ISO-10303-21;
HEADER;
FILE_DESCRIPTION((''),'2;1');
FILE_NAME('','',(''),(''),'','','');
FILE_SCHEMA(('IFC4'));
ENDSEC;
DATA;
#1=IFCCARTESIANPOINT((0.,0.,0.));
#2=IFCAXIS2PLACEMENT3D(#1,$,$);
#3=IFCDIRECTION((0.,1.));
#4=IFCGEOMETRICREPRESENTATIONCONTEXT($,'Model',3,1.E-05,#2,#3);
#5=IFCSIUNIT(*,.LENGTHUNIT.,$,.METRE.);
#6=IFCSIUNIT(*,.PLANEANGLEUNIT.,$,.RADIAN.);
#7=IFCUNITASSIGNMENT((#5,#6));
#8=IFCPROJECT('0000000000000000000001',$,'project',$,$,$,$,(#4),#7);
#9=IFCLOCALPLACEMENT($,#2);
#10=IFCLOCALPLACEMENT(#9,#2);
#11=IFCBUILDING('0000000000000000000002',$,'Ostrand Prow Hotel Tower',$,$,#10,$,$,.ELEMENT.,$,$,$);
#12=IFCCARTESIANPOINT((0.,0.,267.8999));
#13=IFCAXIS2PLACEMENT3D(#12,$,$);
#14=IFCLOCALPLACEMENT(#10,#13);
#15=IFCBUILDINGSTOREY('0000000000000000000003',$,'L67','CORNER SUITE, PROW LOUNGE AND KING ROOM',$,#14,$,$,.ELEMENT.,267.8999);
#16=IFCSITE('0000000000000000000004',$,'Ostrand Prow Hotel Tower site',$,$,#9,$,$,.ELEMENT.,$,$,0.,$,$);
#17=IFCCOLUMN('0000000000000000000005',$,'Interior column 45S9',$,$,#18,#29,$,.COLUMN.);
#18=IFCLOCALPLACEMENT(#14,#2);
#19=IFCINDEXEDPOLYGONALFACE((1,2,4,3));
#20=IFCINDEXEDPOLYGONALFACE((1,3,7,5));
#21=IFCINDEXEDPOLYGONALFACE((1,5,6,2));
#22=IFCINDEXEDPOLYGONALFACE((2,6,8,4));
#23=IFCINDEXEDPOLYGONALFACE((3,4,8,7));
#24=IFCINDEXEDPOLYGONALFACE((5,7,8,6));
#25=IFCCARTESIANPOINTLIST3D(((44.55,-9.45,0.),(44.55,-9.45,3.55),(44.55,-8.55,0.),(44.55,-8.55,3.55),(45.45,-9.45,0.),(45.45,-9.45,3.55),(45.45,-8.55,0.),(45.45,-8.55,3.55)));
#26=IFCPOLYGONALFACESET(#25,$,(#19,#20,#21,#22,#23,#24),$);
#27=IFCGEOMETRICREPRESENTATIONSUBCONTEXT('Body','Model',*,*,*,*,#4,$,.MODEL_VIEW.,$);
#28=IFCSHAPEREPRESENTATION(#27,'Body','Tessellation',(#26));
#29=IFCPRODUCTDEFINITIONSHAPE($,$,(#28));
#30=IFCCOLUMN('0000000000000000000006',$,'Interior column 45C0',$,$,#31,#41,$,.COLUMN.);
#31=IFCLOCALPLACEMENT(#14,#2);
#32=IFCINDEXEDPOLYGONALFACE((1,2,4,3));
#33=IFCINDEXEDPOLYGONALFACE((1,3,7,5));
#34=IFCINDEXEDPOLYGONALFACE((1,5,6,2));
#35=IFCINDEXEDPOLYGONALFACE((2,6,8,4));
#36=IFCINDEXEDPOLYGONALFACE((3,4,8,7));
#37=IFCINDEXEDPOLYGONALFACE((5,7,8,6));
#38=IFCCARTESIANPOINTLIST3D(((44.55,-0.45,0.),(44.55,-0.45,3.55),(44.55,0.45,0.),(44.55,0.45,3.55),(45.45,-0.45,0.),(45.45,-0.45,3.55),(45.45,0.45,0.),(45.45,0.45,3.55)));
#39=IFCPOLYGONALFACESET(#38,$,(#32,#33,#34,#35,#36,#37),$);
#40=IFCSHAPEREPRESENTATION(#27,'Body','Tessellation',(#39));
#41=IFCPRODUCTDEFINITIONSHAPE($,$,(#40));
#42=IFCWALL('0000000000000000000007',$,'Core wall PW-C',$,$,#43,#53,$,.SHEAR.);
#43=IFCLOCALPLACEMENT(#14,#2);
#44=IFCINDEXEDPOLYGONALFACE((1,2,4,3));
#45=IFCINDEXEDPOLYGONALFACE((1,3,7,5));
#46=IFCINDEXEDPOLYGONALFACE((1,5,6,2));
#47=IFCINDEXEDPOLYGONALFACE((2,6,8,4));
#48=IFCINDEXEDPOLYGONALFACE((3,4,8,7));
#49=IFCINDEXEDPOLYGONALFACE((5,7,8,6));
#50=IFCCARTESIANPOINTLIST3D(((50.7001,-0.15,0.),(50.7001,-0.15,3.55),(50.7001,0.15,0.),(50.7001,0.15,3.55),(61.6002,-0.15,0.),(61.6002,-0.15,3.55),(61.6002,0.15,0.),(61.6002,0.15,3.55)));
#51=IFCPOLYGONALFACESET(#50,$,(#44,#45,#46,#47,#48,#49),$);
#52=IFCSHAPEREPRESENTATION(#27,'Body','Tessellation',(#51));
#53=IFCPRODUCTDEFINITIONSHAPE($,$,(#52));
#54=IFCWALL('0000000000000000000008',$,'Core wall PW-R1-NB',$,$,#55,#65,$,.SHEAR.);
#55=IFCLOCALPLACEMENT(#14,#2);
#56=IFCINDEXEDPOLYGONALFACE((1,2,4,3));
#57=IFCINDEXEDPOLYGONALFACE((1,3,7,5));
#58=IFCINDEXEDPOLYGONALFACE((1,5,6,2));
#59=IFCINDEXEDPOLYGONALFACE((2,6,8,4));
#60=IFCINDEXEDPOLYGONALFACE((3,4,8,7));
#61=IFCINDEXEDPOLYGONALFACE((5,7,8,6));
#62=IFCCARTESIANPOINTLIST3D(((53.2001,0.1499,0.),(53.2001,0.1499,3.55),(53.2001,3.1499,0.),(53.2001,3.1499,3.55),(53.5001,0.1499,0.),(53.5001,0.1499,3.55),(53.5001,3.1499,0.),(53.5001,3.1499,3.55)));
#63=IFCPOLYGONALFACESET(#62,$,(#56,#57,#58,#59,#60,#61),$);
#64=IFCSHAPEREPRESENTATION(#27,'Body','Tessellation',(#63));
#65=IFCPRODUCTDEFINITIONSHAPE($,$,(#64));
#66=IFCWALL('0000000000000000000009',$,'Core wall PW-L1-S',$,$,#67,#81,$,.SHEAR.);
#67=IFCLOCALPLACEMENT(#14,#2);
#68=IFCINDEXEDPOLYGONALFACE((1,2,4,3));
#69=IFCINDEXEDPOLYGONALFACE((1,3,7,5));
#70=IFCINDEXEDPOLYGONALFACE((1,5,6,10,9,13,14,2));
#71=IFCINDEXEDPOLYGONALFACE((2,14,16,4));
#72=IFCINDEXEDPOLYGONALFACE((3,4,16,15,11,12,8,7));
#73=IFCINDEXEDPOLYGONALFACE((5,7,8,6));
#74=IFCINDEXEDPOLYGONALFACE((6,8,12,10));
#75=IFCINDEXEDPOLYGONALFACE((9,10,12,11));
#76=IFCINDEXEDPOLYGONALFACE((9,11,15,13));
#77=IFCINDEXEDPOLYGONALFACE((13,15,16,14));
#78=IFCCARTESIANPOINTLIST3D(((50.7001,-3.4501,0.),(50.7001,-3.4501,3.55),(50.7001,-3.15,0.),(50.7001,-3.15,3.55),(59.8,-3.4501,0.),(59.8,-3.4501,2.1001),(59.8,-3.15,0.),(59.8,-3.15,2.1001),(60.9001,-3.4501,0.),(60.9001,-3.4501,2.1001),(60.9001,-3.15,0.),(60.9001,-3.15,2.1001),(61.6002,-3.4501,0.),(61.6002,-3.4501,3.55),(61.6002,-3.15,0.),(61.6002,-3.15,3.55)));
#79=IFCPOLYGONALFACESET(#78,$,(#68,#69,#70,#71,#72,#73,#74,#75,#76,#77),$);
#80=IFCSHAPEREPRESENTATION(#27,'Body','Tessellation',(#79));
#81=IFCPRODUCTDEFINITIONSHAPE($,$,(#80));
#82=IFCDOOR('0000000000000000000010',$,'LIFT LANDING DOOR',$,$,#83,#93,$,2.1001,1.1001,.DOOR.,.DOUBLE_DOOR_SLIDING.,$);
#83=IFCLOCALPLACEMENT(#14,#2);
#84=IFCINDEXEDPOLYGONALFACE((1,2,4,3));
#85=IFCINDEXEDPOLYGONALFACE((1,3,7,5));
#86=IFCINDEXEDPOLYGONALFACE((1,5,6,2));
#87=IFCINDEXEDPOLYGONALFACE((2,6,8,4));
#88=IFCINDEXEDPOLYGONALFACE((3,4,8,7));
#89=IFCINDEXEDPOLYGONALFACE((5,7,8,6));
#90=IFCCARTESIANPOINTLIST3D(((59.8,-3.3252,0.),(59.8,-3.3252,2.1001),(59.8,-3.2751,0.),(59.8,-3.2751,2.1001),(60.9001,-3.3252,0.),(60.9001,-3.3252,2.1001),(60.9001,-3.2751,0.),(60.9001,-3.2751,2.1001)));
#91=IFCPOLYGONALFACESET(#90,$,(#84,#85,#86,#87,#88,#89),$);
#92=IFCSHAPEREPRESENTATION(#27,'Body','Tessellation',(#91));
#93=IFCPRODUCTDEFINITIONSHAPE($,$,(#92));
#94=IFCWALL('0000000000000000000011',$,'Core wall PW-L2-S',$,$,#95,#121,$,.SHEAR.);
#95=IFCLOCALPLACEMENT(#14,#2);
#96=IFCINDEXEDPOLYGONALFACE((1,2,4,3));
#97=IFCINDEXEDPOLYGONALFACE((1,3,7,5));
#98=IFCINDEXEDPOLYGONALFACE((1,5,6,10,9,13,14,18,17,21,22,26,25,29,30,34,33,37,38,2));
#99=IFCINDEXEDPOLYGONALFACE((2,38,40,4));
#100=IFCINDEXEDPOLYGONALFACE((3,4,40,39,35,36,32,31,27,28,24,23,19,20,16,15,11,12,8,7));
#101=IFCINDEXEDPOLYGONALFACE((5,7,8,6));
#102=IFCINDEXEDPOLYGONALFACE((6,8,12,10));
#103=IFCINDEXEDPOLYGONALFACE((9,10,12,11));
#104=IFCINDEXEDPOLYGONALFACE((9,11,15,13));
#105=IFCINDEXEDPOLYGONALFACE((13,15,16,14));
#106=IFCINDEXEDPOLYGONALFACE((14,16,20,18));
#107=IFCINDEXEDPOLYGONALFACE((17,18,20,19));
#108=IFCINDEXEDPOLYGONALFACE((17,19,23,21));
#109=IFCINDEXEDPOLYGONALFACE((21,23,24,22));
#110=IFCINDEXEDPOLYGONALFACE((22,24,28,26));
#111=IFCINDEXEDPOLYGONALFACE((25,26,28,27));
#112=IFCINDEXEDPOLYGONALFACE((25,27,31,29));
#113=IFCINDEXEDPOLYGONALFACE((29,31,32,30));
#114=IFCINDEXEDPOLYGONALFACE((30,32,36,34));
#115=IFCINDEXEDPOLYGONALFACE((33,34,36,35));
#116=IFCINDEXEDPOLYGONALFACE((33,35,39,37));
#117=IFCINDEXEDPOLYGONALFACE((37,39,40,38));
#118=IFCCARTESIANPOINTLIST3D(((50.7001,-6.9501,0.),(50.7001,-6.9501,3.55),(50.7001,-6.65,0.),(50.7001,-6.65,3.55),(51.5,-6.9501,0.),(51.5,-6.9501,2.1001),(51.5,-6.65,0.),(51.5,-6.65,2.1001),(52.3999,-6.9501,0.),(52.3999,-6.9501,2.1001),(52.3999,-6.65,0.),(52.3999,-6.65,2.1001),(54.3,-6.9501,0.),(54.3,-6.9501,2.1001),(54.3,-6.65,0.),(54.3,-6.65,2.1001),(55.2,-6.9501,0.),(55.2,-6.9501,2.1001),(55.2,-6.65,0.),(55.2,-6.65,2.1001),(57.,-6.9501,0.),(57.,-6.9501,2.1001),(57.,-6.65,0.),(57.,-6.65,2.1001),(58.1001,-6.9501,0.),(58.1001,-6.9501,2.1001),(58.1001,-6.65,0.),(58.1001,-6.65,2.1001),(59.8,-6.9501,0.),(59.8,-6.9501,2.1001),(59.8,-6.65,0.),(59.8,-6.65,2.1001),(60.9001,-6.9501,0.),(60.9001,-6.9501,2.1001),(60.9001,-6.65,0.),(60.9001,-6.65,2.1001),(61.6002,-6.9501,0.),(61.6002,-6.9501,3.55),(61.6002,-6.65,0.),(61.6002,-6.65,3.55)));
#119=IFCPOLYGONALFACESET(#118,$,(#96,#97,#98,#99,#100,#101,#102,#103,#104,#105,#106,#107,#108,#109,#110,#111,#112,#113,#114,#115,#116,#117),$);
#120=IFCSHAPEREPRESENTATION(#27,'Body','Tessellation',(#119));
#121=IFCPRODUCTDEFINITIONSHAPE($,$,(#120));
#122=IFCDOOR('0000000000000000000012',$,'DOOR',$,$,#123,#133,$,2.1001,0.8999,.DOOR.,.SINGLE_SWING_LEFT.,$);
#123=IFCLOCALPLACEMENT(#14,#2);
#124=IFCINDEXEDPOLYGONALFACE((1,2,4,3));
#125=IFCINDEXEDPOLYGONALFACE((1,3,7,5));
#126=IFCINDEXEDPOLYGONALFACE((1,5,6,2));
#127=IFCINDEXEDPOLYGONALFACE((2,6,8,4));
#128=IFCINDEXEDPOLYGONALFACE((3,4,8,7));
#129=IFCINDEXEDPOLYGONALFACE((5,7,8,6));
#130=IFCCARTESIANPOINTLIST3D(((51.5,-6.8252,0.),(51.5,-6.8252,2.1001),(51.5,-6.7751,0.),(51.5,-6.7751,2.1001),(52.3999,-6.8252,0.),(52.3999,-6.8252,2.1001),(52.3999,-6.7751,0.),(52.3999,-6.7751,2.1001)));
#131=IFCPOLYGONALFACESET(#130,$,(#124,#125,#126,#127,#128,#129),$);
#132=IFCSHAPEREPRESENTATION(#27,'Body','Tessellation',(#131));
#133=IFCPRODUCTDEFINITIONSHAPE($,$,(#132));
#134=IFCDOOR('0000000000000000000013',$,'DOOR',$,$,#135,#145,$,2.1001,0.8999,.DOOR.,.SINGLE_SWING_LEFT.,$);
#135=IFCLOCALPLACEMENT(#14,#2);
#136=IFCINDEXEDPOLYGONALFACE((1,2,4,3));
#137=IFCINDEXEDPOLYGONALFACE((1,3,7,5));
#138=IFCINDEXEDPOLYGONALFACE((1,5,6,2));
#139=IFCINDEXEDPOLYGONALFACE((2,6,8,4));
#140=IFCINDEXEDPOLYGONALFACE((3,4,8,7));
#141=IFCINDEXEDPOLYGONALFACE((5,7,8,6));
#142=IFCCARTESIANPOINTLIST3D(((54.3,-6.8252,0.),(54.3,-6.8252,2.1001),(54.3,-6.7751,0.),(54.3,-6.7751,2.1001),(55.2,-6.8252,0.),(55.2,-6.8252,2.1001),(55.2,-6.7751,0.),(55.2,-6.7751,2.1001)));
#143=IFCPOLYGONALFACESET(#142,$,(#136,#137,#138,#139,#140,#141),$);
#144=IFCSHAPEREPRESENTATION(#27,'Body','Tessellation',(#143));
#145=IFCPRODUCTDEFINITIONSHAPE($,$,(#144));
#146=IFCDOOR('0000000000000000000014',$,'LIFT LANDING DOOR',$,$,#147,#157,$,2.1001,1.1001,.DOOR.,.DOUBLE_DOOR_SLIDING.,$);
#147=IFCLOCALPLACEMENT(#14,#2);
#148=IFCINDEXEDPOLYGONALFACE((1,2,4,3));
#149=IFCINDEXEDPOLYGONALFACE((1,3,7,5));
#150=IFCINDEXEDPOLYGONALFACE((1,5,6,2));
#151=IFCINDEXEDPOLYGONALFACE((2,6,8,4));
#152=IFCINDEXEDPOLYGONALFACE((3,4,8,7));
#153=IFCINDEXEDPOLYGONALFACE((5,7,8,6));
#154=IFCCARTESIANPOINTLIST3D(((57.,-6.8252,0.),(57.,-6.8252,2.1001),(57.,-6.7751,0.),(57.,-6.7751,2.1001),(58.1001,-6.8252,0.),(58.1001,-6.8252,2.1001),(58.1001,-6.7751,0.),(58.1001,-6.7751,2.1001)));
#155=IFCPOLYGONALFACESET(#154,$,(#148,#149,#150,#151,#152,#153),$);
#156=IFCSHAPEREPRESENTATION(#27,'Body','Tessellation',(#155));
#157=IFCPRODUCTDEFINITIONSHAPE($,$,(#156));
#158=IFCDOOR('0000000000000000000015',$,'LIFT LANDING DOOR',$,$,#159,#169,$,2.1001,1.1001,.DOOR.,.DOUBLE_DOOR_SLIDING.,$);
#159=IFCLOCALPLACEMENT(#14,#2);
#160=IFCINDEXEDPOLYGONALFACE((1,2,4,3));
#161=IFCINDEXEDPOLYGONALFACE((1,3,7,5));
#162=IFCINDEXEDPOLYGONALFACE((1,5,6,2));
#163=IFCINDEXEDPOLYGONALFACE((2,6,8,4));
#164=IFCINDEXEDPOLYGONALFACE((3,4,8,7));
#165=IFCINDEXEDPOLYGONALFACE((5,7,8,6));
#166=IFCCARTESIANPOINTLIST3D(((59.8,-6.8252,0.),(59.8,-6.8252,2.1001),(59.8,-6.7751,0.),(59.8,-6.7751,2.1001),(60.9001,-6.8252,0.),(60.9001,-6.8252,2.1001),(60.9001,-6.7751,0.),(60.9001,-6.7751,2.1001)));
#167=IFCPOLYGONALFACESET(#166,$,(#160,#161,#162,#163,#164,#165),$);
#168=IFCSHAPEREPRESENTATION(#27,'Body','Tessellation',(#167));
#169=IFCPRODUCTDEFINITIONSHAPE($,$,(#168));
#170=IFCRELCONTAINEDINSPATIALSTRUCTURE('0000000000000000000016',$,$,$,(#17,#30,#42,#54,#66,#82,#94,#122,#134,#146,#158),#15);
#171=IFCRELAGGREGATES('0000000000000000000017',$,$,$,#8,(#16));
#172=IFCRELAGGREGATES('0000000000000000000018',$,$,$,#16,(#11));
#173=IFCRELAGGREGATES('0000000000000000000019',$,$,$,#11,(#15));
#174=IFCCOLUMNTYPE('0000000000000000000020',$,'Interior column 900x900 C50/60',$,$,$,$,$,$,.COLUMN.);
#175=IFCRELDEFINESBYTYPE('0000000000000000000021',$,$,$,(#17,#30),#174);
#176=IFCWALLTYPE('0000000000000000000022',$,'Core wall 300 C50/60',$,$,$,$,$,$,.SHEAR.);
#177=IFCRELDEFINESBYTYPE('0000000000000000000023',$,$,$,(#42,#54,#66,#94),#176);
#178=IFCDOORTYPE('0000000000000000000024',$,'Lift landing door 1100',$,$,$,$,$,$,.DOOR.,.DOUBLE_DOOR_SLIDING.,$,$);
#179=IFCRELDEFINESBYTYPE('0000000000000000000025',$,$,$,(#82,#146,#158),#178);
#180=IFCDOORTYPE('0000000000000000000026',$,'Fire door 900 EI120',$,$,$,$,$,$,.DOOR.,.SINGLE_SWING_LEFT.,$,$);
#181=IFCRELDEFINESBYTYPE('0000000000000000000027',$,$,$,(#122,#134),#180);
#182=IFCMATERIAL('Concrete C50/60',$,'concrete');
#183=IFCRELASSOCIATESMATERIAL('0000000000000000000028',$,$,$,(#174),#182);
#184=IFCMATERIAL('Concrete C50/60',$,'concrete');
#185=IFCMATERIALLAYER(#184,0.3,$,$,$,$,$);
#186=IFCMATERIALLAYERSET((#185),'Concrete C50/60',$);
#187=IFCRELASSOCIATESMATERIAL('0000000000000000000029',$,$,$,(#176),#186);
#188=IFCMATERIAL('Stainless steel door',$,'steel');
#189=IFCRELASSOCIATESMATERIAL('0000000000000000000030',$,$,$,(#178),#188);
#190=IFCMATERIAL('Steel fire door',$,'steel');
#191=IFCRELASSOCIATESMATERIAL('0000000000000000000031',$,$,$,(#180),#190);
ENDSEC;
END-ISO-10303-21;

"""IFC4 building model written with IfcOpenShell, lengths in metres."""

from ifc_helpers import new_model, si_unit, direction, frame, frame_2d, origin, origin_2d, place, context, subcontext, project, spatial, rectangle, extrude, material, layer, layer_set, material_profile, profile_set, type_object, element, fill, save


model = new_model("IFC4")

# Units and contexts
model_context = context("Model", 3, precision=1e-05, world=origin(), true_north=direction((0.0, 1.0)))
body_context = subcontext(model_context, "Body", "Model", "MODEL_VIEW")
ifc_project = project(units=[si_unit("LENGTHUNIT", "METRE"), si_unit("PLANEANGLEUNIT", "RADIAN")], contexts=[model_context])

# Site, building, storey
site_placement = place(None, origin())
site = spatial("IfcSite", under=ifc_project, at=site_placement, Name="Ostrand Prow Hotel Tower site", CompositionType="ELEMENT", RefElevation=0.0)
building_placement = place(site_placement, origin())
building = spatial("IfcBuilding", under=site, at=building_placement, Name="Ostrand Prow Hotel Tower", CompositionType="ELEMENT")
storey_placement = place(building_placement, frame((0.0, 0.0, 267.8999)))
storey = spatial("IfcBuildingStorey", under=building, at=storey_placement, Name="L67", Description="CORNER SUITE, PROW LOUNGE AND KING ROOM", CompositionType="ELEMENT", Elevation=267.8999)

# Columns
ifc_material_1 = material(Name="Concrete C50/60", Category="concrete")
ifc_material_profile = material_profile(ifc_material_1, rectangle(XDim=0.8999, YDim=0.8999, at=origin_2d()), Name="RC 900x900")
ifc_profile_set = profile_set([ifc_material_profile], Name="Concrete C50/60")
column_type = type_object("IfcColumnType", Name="Interior column 900x900 C50/60", PredefinedType="COLUMN", material=ifc_profile_set)
for number, where, z_axis, x_axis, name in (
    (1, (45.0, -9.0, 0.0), (0.0, 0.0, 1.0), (1.0, 0.0, 0.0), "Interior column 45S9"),
    (2, (45.0, 0.0, 0.0), (0.0, 0.0, 1.0), (1.0, 0.0, 0.0), "Interior column 45C0"),
):
    element("IfcColumn", number, at=place(storey_placement, frame(where, z_axis=z_axis, x_axis=x_axis)), inside=storey, type_object=column_type, Name=name, PredefinedType="COLUMN", context=body_context, shape_type="SweptSolid", body=[
        extrude(rectangle(XDim=0.8999, YDim=0.8999, at=origin_2d()), origin(), (0.0, 0.0, 1.0), 3.55),
    ])

# Walls
ifc_material_2 = material(Name="Concrete C50/60", Category="concrete")
ifc_layer_1 = layer(ifc_material_2, 0.3)
ifc_layer_set_1 = layer_set([ifc_layer_1], Name="Concrete C50/60")
wall_type_1 = type_object("IfcWallType", Name="Core wall 300 C50/60", PredefinedType="SHEAR", material=ifc_layer_set_1)
wall_1_placement = place(storey_placement, frame((50.7, 0.0, 0.0), z_axis=(0.0, 0.0, 1.0), x_axis=(1.0, 0.0, 0.0)))
element("IfcWall", 3, at=wall_1_placement, inside=storey, type_object=wall_type_1, Name="Core wall PW-C", PredefinedType="SHEAR", context=body_context, shape_type="SweptSolid", body=[
    extrude(rectangle(XDim=10.9001, YDim=0.3, at=frame_2d((5.4502, 0.0))), origin(), (0.0, 0.0, 1.0), 3.55),
])
wall_2_placement = place(storey_placement, frame((53.3501, 0.1499, 0.0), z_axis=(0.0, 0.0, 1.0), x_axis=(0.0, 1.0, 0.0)))
element("IfcWall", 4, at=wall_2_placement, inside=storey, type_object=wall_type_1, Name="Core wall PW-R1-NB", PredefinedType="SHEAR", context=body_context, shape_type="SweptSolid", body=[
    extrude(rectangle(XDim=3.0, YDim=0.3, at=frame_2d((1.5, 0.0))), origin(), (0.0, 0.0, 1.0), 3.55),
])

# Wall, opening, door
wall_3_placement = place(storey_placement, frame((50.7, -3.3, 0.0), z_axis=(0.0, 0.0, 1.0), x_axis=(1.0, 0.0, 0.0)))
wall_3 = element("IfcWall", 5, at=wall_3_placement, inside=storey, type_object=wall_type_1, Name="Core wall PW-L1-S", PredefinedType="SHEAR", context=body_context, shape_type="SweptSolid", body=[
    extrude(rectangle(XDim=10.9001, YDim=0.3, at=frame_2d((5.4502, 0.0))), origin(), (0.0, 0.0, 1.0), 3.55),
])
opening_1_placement = place(wall_3_placement, frame((9.1001, 0.0, 0.0)))
opening_1 = element("IfcOpeningElement", 6, at=opening_1_placement, cuts=wall_3, PredefinedType="OPENING", context=body_context, shape_type="SweptSolid", body=[
    extrude(rectangle(XDim=1.1001, YDim=2.1001, at=frame_2d((0.55, 1.05))), frame((0.0, 0.1599, 0.0), z_axis=(0.0, -1.0, 0.0), x_axis=(1.0, 0.0, 0.0)), (0.0, 0.0, 1.0), 0.3201),
])
ifc_material_3 = material(Name="Stainless steel door", Category="steel")
door_type_1 = type_object("IfcDoorType", Name="Lift landing door 1100", OperationType="DOUBLE_DOOR_SLIDING", PredefinedType="DOOR", material=ifc_material_3)
door_1_placement = place(opening_1_placement, origin())
door_1 = element("IfcDoor", 7, at=door_1_placement, inside=storey, type_object=door_type_1, Name="LIFT LANDING DOOR", OperationType="DOUBLE_DOOR_SLIDING", OverallHeight=2.1001, OverallWidth=1.1001, PredefinedType="DOOR", context=body_context, shape_type="SweptSolid", body=[
    extrude(rectangle(XDim=1.1001, YDim=2.1001, at=frame_2d((0.55, 1.05))), frame((0.0, 0.0249, 0.0), z_axis=(0.0, -1.0, 0.0), x_axis=(1.0, 0.0, 0.0)), (0.0, 0.0, 1.0), 0.05),
])
fill(opening_1, door_1)

# Wall, openings, doors
wall_4_placement = place(storey_placement, frame((50.7, -6.8, 0.0), z_axis=(0.0, 0.0, 1.0), x_axis=(1.0, 0.0, 0.0)))
wall_4 = element("IfcWall", 8, at=wall_4_placement, inside=storey, type_object=wall_type_1, Name="Core wall PW-L2-S", PredefinedType="SHEAR", context=body_context, shape_type="SweptSolid", body=[
    extrude(rectangle(XDim=10.9001, YDim=0.3, at=frame_2d((5.4502, 0.0))), origin(), (0.0, 0.0, 1.0), 3.55),
])
opening_2_placement = place(wall_4_placement, frame((6.3, 0.0, 0.0)))
opening_2 = element("IfcOpeningElement", 9, at=opening_2_placement, cuts=wall_4, PredefinedType="OPENING", context=body_context, shape_type="SweptSolid", body=[
    extrude(rectangle(XDim=1.1001, YDim=2.1001, at=frame_2d((0.55, 1.05))), frame((0.0, 0.1599, 0.0), z_axis=(0.0, -1.0, 0.0), x_axis=(1.0, 0.0, 0.0)), (0.0, 0.0, 1.0), 0.3201),
])
opening_3_placement = place(wall_4_placement, frame((9.1001, 0.0, 0.0)))
opening_3 = element("IfcOpeningElement", 10, at=opening_3_placement, cuts=wall_4, PredefinedType="OPENING", context=body_context, shape_type="SweptSolid", body=[
    extrude(rectangle(XDim=1.1001, YDim=2.1001, at=frame_2d((0.55, 1.05))), frame((0.0, 0.1599, 0.0), z_axis=(0.0, -1.0, 0.0), x_axis=(1.0, 0.0, 0.0)), (0.0, 0.0, 1.0), 0.3201),
])
opening_4_placement = place(wall_4_placement, frame((0.8, 0.0, 0.0)))
opening_4 = element("IfcOpeningElement", 11, at=opening_4_placement, cuts=wall_4, PredefinedType="OPENING", context=body_context, shape_type="SweptSolid", body=[
    extrude(rectangle(XDim=0.8999, YDim=2.1001, at=frame_2d((0.45, 1.05))), frame((0.0, 0.1599, 0.0), z_axis=(0.0, -1.0, 0.0), x_axis=(1.0, 0.0, 0.0)), (0.0, 0.0, 1.0), 0.3201),
])
opening_5_placement = place(wall_4_placement, frame((3.6001, 0.0, 0.0)))
opening_5 = element("IfcOpeningElement", 12, at=opening_5_placement, cuts=wall_4, PredefinedType="OPENING", context=body_context, shape_type="SweptSolid", body=[
    extrude(rectangle(XDim=0.8999, YDim=2.1001, at=frame_2d((0.45, 1.05))), frame((0.0, 0.1599, 0.0), z_axis=(0.0, -1.0, 0.0), x_axis=(1.0, 0.0, 0.0)), (0.0, 0.0, 1.0), 0.3201),
])
ifc_material_4 = material(Name="Steel fire door", Category="steel")
door_type_2 = type_object("IfcDoorType", Name="Fire door 900 EI120", OperationType="SINGLE_SWING_LEFT", PredefinedType="DOOR", material=ifc_material_4)
door_2_placement = place(opening_4_placement, origin())
door_2 = element("IfcDoor", 13, at=door_2_placement, inside=storey, type_object=door_type_2, Name="DOOR", OperationType="SINGLE_SWING_LEFT", OverallHeight=2.1001, OverallWidth=0.8999, PredefinedType="DOOR", context=body_context, shape_type="SweptSolid", body=[
    extrude(rectangle(XDim=0.8999, YDim=2.1001, at=frame_2d((0.45, 1.05))), frame((0.0, 0.0249, 0.0), z_axis=(0.0, -1.0, 0.0), x_axis=(1.0, 0.0, 0.0)), (0.0, 0.0, 1.0), 0.05),
])
fill(opening_4, door_2)
door_3_placement = place(opening_5_placement, origin())
door_3 = element("IfcDoor", 14, at=door_3_placement, inside=storey, type_object=door_type_2, Name="DOOR", OperationType="SINGLE_SWING_LEFT", OverallHeight=2.1001, OverallWidth=0.8999, PredefinedType="DOOR", context=body_context, shape_type="SweptSolid", body=[
    extrude(rectangle(XDim=0.8999, YDim=2.1001, at=frame_2d((0.45, 1.05))), frame((0.0, 0.0249, 0.0), z_axis=(0.0, -1.0, 0.0), x_axis=(1.0, 0.0, 0.0)), (0.0, 0.0, 1.0), 0.05),
])
fill(opening_5, door_3)
door_4_placement = place(opening_2_placement, origin())
door_4 = element("IfcDoor", 15, at=door_4_placement, inside=storey, type_object=door_type_1, Name="LIFT LANDING DOOR", OperationType="DOUBLE_DOOR_SLIDING", OverallHeight=2.1001, OverallWidth=1.1001, PredefinedType="DOOR", context=body_context, shape_type="SweptSolid", body=[
    extrude(rectangle(XDim=1.1001, YDim=2.1001, at=frame_2d((0.55, 1.05))), frame((0.0, 0.0249, 0.0), z_axis=(0.0, -1.0, 0.0), x_axis=(1.0, 0.0, 0.0)), (0.0, 0.0, 1.0), 0.05),
])
fill(opening_2, door_4)
door_5_placement = place(opening_3_placement, origin())
door_5 = element("IfcDoor", 16, at=door_5_placement, inside=storey, type_object=door_type_1, Name="LIFT LANDING DOOR", OperationType="DOUBLE_DOOR_SLIDING", OverallHeight=2.1001, OverallWidth=1.1001, PredefinedType="DOOR", context=body_context, shape_type="SweptSolid", body=[
    extrude(rectangle(XDim=1.1001, YDim=2.1001, at=frame_2d((0.55, 1.05))), frame((0.0, 0.0249, 0.0), z_axis=(0.0, -1.0, 0.0), x_axis=(1.0, 0.0, 0.0)), (0.0, 0.0, 1.0), 0.05),
])
fill(opening_3, door_5)

save(model, "model.ifc")
